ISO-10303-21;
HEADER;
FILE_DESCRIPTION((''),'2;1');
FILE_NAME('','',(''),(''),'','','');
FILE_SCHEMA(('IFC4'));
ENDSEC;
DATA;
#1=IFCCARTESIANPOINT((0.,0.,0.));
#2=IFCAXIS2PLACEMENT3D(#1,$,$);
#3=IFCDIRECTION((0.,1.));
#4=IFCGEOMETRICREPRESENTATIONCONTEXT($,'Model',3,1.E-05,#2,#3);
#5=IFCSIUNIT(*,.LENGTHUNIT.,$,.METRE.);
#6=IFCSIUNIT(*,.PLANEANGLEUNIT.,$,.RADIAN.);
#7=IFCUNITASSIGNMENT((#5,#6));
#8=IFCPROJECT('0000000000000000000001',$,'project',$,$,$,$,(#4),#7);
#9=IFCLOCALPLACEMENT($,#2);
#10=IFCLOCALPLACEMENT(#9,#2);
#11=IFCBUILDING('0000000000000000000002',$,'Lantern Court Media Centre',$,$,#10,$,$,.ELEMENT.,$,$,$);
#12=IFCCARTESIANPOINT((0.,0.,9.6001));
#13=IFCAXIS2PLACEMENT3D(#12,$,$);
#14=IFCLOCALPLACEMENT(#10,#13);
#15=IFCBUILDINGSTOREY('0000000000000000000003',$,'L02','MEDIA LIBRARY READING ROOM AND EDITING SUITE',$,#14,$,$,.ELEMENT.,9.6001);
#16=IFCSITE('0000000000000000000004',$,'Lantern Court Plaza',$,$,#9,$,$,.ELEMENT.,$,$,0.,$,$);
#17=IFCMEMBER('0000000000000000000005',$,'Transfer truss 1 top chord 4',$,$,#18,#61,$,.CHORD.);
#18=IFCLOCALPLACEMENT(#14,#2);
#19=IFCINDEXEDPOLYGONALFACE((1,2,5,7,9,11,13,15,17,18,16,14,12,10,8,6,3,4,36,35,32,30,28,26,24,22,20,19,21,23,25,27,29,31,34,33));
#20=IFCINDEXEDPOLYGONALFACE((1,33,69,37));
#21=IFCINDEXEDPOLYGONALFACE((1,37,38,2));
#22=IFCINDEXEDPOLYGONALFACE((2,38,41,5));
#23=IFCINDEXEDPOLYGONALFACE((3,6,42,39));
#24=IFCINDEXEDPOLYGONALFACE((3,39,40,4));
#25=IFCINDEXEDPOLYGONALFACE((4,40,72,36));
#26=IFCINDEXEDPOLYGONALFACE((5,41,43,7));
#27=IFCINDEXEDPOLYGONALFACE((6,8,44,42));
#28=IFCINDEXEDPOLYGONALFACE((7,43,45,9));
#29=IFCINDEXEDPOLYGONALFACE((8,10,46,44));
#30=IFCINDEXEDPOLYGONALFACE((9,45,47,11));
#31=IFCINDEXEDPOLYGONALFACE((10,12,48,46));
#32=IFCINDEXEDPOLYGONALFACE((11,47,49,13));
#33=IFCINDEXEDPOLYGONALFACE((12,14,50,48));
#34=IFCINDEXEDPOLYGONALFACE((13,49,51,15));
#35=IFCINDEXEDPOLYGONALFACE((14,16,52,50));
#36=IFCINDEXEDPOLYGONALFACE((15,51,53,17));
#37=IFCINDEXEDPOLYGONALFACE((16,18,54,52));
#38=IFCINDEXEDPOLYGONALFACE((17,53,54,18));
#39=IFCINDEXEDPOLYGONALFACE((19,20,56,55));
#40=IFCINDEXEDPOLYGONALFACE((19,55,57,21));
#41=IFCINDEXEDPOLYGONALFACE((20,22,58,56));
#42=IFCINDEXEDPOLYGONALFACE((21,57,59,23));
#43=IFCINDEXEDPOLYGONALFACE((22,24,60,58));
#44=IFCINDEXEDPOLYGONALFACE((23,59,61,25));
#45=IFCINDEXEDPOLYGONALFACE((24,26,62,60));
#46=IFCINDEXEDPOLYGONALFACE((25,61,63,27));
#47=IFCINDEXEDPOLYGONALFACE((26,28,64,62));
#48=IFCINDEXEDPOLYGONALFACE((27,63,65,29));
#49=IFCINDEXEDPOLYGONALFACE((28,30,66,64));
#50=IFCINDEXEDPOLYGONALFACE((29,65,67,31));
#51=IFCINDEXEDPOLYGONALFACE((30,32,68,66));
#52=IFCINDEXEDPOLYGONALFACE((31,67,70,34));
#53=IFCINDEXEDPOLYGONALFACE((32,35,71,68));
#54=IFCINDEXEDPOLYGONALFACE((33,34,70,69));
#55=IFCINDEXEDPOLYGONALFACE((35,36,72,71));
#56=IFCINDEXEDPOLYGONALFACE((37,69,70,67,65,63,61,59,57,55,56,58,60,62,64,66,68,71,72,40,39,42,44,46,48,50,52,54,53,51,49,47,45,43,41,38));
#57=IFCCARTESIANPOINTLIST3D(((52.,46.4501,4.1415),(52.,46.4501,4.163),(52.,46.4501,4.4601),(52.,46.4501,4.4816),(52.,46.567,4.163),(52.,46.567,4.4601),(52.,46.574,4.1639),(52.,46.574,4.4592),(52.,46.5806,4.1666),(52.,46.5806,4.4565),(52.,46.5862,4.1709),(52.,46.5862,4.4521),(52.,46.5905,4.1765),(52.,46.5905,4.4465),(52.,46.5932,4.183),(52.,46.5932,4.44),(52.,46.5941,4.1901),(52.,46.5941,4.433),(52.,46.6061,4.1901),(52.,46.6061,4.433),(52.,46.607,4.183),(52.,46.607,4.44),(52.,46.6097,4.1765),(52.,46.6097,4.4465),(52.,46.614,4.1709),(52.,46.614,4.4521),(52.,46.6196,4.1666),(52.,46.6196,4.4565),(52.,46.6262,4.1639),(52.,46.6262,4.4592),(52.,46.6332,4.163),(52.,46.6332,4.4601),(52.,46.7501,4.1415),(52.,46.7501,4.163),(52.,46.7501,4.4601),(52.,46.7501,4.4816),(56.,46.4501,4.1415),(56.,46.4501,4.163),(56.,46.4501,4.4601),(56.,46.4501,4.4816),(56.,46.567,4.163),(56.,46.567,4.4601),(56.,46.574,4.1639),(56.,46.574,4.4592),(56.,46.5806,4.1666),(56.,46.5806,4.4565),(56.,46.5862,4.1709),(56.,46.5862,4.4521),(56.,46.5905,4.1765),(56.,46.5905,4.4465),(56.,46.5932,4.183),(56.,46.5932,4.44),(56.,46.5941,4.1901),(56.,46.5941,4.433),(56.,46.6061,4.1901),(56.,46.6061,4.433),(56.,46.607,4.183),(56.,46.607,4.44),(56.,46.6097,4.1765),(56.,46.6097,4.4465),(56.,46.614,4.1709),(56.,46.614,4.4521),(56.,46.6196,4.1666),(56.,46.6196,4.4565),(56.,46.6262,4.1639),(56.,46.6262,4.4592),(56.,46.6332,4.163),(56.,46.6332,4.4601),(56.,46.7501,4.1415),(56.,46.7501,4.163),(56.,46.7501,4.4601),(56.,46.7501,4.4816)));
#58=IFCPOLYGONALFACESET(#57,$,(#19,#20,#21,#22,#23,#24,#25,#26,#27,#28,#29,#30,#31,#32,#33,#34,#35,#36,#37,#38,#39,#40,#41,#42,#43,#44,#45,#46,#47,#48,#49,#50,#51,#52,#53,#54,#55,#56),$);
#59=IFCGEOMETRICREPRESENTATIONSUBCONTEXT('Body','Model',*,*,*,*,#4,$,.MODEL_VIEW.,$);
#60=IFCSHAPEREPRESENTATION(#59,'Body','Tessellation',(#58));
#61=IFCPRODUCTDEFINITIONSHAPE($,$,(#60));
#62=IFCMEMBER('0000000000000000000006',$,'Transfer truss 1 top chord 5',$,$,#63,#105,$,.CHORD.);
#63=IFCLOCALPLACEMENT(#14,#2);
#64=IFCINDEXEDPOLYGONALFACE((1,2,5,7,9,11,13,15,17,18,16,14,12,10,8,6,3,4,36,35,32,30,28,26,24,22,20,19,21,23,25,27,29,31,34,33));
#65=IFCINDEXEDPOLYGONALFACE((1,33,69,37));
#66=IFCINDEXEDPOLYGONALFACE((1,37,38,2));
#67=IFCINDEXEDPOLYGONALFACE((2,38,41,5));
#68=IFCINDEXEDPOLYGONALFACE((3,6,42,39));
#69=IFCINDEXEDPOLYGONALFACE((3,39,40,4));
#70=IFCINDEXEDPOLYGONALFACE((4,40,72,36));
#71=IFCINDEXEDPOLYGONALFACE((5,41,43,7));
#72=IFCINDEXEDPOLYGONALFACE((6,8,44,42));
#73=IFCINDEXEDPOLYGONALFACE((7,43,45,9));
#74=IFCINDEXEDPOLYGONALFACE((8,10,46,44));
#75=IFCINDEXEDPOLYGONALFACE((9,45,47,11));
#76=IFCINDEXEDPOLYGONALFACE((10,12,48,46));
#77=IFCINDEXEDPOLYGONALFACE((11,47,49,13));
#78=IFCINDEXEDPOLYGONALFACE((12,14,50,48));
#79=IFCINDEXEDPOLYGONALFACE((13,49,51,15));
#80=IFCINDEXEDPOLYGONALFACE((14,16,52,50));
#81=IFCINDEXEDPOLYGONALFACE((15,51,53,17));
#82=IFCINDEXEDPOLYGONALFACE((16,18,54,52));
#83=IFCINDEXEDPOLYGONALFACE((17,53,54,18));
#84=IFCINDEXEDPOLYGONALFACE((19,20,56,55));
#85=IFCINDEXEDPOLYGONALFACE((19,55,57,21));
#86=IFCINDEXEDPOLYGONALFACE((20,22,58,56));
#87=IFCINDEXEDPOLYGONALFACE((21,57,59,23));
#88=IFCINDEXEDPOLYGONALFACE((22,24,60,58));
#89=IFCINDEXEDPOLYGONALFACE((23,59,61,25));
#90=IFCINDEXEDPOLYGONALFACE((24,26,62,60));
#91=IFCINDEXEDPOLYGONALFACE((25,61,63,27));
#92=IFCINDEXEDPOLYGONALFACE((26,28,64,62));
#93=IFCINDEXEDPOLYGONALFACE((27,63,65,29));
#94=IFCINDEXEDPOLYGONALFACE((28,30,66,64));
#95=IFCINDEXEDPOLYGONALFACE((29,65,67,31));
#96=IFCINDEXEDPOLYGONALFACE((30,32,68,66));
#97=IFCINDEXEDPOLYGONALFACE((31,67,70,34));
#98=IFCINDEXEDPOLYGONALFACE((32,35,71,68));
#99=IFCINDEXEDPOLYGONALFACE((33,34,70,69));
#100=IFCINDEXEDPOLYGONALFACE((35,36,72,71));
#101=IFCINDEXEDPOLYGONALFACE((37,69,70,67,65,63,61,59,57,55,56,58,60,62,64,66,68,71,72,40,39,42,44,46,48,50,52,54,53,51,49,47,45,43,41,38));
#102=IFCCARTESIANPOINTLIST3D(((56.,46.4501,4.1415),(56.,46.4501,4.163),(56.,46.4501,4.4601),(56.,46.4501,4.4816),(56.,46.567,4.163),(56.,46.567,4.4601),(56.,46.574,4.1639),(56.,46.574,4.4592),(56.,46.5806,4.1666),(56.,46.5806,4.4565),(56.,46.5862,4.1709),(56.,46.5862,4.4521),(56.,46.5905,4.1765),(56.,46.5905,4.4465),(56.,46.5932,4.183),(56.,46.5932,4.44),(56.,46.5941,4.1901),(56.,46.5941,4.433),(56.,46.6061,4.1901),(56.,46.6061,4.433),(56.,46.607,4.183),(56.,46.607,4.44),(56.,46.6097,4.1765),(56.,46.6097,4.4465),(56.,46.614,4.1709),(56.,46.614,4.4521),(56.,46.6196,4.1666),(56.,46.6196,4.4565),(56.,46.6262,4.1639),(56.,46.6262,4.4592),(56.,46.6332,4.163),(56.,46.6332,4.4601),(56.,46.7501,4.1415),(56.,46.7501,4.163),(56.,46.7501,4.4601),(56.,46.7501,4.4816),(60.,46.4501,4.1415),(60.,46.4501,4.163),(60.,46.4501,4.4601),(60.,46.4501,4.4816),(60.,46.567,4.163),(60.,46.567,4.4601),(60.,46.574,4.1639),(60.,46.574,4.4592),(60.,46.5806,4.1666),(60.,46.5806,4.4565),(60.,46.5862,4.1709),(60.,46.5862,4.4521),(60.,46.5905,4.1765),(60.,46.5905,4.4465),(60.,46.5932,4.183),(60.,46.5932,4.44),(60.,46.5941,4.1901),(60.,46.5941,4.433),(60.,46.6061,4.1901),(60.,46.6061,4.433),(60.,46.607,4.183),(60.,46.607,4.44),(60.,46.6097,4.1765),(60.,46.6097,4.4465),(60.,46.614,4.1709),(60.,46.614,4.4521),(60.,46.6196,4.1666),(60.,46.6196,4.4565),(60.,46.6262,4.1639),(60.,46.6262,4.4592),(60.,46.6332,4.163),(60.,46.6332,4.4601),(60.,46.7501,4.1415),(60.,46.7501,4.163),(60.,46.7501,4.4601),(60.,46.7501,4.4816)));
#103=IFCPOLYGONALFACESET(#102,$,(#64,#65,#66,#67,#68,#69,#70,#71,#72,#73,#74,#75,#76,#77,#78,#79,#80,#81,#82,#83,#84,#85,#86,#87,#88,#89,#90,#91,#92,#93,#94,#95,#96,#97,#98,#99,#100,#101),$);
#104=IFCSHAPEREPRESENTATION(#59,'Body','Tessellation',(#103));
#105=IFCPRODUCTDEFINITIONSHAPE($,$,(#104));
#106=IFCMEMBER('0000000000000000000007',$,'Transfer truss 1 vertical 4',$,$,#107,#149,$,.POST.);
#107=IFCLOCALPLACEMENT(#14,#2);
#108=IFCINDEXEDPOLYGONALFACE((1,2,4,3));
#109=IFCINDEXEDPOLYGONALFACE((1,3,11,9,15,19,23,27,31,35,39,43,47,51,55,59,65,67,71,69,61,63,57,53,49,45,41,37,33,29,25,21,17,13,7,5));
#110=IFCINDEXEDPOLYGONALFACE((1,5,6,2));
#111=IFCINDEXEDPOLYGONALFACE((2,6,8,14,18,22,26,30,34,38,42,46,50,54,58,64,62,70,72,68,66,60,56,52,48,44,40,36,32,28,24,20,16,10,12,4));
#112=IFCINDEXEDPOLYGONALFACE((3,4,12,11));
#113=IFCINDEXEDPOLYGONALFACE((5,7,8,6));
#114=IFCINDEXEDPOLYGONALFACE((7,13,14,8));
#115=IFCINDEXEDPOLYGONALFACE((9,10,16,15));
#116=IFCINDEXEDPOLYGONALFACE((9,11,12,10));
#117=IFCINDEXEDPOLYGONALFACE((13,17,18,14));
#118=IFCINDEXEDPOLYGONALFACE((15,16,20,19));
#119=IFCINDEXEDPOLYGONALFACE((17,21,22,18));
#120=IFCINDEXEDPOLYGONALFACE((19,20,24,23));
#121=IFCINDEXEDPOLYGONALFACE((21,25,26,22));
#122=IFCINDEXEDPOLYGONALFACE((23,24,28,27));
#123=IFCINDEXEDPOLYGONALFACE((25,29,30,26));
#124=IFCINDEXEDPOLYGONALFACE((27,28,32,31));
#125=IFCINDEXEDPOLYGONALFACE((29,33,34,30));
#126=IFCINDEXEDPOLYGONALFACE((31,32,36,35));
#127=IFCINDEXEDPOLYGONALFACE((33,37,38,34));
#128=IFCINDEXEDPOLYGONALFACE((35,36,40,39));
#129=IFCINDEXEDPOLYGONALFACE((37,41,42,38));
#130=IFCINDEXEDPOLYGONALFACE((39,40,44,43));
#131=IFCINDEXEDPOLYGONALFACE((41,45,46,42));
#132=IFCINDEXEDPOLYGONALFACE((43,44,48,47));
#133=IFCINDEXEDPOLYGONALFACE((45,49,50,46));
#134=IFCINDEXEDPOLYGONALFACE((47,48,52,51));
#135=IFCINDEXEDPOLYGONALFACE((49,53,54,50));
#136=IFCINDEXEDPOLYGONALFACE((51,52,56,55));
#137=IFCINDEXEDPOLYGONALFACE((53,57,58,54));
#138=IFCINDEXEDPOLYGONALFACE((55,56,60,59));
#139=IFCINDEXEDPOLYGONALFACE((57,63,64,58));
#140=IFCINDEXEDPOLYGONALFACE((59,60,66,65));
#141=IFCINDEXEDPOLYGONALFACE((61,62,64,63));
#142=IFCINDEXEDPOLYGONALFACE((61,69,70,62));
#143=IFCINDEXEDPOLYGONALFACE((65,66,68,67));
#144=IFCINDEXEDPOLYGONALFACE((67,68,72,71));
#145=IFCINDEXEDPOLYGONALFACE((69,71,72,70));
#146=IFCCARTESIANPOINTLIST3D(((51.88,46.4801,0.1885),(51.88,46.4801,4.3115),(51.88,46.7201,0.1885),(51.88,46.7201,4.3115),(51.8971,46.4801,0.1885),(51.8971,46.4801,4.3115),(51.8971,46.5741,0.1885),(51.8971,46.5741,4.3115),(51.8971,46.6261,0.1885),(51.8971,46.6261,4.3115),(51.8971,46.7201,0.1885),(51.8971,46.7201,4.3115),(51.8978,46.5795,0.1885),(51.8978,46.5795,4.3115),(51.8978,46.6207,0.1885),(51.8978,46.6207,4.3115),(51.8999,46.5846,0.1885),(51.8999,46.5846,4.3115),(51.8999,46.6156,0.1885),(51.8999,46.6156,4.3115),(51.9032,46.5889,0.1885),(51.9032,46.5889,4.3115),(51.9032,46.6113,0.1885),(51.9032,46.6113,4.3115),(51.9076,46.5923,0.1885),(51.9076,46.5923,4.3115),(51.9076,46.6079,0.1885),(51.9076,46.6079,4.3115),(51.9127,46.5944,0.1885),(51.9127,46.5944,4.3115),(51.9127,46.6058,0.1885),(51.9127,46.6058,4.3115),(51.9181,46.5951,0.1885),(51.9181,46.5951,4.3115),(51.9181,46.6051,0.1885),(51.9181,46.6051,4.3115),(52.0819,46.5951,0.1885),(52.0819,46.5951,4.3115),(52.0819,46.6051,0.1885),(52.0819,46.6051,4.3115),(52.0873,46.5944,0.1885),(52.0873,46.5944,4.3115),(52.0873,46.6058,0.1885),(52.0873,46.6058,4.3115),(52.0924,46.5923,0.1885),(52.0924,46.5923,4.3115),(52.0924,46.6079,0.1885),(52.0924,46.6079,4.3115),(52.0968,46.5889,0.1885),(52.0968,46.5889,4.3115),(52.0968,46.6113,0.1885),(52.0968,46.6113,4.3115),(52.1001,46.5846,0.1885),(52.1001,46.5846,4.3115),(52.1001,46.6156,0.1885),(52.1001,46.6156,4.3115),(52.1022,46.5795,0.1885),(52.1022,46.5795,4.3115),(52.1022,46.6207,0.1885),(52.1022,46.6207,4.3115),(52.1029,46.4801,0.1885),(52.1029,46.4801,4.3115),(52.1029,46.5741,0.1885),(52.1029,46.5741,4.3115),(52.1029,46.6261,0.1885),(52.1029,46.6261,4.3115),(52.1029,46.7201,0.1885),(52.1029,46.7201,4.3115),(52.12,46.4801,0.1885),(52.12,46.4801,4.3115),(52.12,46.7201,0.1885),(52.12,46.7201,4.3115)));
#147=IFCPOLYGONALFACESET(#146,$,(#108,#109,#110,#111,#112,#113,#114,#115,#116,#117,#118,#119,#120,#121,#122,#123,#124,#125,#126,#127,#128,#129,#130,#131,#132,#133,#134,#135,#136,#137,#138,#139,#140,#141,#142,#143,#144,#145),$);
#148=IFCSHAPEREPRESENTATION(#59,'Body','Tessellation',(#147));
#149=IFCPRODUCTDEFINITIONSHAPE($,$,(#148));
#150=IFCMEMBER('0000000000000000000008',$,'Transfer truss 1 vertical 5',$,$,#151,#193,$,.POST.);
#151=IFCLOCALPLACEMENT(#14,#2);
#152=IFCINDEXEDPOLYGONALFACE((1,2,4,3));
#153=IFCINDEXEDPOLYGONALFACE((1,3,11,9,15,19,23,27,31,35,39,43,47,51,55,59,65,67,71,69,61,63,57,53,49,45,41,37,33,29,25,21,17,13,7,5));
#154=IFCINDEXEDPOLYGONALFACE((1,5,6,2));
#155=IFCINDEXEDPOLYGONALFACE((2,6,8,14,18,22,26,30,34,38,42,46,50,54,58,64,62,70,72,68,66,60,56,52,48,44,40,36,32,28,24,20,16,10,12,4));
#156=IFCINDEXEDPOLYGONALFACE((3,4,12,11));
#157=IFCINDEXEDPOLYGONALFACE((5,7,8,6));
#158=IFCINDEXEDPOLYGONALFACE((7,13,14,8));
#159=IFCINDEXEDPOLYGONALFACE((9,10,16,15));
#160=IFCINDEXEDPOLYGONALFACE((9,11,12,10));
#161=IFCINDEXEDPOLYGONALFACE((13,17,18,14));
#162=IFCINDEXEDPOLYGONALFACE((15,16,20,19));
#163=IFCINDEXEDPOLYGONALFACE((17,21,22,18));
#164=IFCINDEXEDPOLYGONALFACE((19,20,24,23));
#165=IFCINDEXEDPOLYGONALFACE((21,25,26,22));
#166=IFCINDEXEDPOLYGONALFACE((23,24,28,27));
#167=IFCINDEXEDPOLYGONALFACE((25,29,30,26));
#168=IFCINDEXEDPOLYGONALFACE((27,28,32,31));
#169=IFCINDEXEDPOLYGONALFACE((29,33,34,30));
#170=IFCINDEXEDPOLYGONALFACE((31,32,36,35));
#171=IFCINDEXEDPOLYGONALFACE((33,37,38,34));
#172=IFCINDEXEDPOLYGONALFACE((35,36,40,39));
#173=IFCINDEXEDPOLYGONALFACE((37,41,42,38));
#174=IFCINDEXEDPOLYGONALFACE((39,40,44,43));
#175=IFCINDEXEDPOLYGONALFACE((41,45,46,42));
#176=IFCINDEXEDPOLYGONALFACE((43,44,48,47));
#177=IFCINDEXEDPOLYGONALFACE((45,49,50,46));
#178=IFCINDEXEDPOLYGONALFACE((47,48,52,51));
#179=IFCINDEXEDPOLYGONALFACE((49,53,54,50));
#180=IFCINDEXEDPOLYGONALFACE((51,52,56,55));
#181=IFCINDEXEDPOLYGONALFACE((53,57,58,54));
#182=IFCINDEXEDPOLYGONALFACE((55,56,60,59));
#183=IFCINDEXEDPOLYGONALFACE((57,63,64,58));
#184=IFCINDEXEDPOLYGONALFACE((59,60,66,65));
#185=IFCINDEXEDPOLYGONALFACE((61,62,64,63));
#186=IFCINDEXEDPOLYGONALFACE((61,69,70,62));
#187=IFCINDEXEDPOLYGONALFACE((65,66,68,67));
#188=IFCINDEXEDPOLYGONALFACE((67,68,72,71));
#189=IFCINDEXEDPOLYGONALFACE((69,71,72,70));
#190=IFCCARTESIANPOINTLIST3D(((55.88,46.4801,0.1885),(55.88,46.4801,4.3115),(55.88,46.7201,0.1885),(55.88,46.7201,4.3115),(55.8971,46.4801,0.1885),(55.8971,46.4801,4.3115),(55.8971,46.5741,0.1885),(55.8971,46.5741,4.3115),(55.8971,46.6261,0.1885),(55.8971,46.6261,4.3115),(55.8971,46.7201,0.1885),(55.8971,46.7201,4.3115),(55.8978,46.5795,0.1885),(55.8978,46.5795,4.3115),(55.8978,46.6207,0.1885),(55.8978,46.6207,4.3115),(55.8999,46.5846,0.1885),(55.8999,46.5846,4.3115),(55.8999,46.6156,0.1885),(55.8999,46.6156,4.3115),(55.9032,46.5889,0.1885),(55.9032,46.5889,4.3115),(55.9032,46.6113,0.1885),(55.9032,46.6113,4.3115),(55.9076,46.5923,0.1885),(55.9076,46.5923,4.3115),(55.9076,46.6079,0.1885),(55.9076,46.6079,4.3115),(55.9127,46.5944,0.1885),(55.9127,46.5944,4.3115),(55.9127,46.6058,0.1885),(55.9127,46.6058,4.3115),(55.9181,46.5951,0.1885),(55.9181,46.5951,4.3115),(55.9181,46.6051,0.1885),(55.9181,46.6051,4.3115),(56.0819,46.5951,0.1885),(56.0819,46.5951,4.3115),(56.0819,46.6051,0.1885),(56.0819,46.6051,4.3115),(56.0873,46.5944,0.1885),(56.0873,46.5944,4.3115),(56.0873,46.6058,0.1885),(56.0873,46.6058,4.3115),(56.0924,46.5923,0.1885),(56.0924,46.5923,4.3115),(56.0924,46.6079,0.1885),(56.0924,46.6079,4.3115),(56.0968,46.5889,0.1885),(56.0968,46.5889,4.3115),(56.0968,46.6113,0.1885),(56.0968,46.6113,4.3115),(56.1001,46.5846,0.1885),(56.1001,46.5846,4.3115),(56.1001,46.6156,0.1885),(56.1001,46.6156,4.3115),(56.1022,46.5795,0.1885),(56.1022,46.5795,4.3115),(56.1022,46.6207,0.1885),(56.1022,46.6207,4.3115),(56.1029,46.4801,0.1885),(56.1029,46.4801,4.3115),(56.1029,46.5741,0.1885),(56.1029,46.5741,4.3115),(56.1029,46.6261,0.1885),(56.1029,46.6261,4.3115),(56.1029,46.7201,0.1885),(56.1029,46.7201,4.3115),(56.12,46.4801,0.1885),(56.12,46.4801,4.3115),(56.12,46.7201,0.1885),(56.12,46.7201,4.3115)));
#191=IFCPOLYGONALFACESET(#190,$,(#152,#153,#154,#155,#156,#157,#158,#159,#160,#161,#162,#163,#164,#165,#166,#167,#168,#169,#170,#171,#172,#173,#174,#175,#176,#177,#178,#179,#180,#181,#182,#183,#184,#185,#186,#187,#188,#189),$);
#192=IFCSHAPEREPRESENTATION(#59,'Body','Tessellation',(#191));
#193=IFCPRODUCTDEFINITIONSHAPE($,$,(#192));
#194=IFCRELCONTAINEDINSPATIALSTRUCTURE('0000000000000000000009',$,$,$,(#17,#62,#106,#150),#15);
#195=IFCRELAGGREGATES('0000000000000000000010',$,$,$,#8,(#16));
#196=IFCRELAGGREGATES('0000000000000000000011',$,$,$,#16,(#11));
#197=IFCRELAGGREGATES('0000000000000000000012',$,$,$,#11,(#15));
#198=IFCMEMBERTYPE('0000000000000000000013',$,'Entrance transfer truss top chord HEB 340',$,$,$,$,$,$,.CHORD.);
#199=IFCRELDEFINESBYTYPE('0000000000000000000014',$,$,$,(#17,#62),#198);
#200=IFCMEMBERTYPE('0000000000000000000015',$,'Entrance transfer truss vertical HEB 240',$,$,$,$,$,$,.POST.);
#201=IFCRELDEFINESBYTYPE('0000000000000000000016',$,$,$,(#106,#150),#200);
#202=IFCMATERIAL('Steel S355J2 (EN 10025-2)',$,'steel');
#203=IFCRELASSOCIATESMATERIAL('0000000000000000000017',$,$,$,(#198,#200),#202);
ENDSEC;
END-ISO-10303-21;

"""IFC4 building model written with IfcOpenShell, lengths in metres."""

from ifc_helpers import new_model, si_unit, direction, frame, origin, origin_2d, place, context, subcontext, project, spatial, i_section, extrude, material, material_profile, profile_set, type_object, element, save


model = new_model("IFC4")

# Units and contexts
model_context = context("Model", 3, precision=1e-05, world=origin(), true_north=direction((0.0, 1.0)))
body_context = subcontext(model_context, "Body", "Model", "MODEL_VIEW")
ifc_project = project(units=[si_unit("LENGTHUNIT", "METRE"), si_unit("PLANEANGLEUNIT", "RADIAN")], contexts=[model_context])

# Site, building, storey
site_placement = place(None, origin())
site = spatial("IfcSite", under=ifc_project, at=site_placement, Name="Lantern Court Plaza", CompositionType="ELEMENT", RefElevation=0.0)
building_placement = place(site_placement, origin())
building = spatial("IfcBuilding", under=site, at=building_placement, Name="Lantern Court Media Centre", CompositionType="ELEMENT")
storey_placement = place(building_placement, frame((0.0, 0.0, 9.6001)))
storey = spatial("IfcBuildingStorey", under=building, at=storey_placement, Name="L02", Description="MEDIA LIBRARY READING ROOM AND EDITING SUITE", CompositionType="ELEMENT", Elevation=9.6001)

# Members
ifc_material_1 = material(Name="Steel S355J2 (EN 10025-2)", Category="steel")
ifc_material_profile_1 = material_profile(ifc_material_1, i_section(OverallWidth=0.3, OverallDepth=0.3401, WebThickness=0.012, FlangeThickness=0.0215, FilletRadius=0.0271, at=origin_2d()), Name="HEB 340")
ifc_profile_set_1 = profile_set([ifc_material_profile_1], Name="Steel S355J2 (EN 10025-2)")
member_type_1 = type_object("IfcMemberType", Name="Entrance transfer truss top chord HEB 340", PredefinedType="CHORD", material=ifc_profile_set_1)
for number, where, z_axis, x_axis, name in (
    (1, (52.0, 46.6001, 4.3115), (1.0, 0.0, 0.0), (0.0, 1.0, 0.0), "Transfer truss 1 top chord 4"),
    (2, (56.0, 46.6001, 4.3115), (1.0, 0.0, 0.0), (0.0, 1.0, 0.0), "Transfer truss 1 top chord 5"),
):
    element("IfcMember", number, at=place(storey_placement, frame(where, z_axis=z_axis, x_axis=x_axis)), inside=storey, type_object=member_type_1, Name=name, PredefinedType="CHORD", context=body_context, shape_type="SweptSolid", body=[
        extrude(i_section(OverallWidth=0.3, OverallDepth=0.3401, WebThickness=0.012, FlangeThickness=0.0215, FilletRadius=0.0271, at=origin_2d()), origin(), (0.0, 0.0, 1.0), 4.0),
    ])
ifc_material_profile_2 = material_profile(ifc_material_1, i_section(OverallWidth=0.24, OverallDepth=0.24, WebThickness=0.01, FlangeThickness=0.0171, FilletRadius=0.021, at=origin_2d()), Name="HEB 240")
ifc_profile_set_2 = profile_set([ifc_material_profile_2], Name="Steel S355J2 (EN 10025-2)")
member_type_2 = type_object("IfcMemberType", Name="Entrance transfer truss vertical HEB 240", PredefinedType="POST", material=ifc_profile_set_2)
for number, where, z_axis, x_axis, name in (
    (3, (52.0, 46.6001, 0.1885), (0.0, 0.0, 1.0), (0.0, 1.0, 0.0), "Transfer truss 1 vertical 4"),
    (4, (56.0, 46.6001, 0.1885), (0.0, 0.0, 1.0), (0.0, 1.0, 0.0), "Transfer truss 1 vertical 5"),
):
    element("IfcMember", number, at=place(storey_placement, frame(where, z_axis=z_axis, x_axis=x_axis)), inside=storey, type_object=member_type_2, Name=name, PredefinedType="POST", context=body_context, shape_type="SweptSolid", body=[
        extrude(i_section(OverallWidth=0.24, OverallDepth=0.24, WebThickness=0.01, FlangeThickness=0.0171, FilletRadius=0.021, at=origin_2d()), origin(), (0.0, 0.0, 1.0), 4.123),
    ])

save(model, "model.ifc")
